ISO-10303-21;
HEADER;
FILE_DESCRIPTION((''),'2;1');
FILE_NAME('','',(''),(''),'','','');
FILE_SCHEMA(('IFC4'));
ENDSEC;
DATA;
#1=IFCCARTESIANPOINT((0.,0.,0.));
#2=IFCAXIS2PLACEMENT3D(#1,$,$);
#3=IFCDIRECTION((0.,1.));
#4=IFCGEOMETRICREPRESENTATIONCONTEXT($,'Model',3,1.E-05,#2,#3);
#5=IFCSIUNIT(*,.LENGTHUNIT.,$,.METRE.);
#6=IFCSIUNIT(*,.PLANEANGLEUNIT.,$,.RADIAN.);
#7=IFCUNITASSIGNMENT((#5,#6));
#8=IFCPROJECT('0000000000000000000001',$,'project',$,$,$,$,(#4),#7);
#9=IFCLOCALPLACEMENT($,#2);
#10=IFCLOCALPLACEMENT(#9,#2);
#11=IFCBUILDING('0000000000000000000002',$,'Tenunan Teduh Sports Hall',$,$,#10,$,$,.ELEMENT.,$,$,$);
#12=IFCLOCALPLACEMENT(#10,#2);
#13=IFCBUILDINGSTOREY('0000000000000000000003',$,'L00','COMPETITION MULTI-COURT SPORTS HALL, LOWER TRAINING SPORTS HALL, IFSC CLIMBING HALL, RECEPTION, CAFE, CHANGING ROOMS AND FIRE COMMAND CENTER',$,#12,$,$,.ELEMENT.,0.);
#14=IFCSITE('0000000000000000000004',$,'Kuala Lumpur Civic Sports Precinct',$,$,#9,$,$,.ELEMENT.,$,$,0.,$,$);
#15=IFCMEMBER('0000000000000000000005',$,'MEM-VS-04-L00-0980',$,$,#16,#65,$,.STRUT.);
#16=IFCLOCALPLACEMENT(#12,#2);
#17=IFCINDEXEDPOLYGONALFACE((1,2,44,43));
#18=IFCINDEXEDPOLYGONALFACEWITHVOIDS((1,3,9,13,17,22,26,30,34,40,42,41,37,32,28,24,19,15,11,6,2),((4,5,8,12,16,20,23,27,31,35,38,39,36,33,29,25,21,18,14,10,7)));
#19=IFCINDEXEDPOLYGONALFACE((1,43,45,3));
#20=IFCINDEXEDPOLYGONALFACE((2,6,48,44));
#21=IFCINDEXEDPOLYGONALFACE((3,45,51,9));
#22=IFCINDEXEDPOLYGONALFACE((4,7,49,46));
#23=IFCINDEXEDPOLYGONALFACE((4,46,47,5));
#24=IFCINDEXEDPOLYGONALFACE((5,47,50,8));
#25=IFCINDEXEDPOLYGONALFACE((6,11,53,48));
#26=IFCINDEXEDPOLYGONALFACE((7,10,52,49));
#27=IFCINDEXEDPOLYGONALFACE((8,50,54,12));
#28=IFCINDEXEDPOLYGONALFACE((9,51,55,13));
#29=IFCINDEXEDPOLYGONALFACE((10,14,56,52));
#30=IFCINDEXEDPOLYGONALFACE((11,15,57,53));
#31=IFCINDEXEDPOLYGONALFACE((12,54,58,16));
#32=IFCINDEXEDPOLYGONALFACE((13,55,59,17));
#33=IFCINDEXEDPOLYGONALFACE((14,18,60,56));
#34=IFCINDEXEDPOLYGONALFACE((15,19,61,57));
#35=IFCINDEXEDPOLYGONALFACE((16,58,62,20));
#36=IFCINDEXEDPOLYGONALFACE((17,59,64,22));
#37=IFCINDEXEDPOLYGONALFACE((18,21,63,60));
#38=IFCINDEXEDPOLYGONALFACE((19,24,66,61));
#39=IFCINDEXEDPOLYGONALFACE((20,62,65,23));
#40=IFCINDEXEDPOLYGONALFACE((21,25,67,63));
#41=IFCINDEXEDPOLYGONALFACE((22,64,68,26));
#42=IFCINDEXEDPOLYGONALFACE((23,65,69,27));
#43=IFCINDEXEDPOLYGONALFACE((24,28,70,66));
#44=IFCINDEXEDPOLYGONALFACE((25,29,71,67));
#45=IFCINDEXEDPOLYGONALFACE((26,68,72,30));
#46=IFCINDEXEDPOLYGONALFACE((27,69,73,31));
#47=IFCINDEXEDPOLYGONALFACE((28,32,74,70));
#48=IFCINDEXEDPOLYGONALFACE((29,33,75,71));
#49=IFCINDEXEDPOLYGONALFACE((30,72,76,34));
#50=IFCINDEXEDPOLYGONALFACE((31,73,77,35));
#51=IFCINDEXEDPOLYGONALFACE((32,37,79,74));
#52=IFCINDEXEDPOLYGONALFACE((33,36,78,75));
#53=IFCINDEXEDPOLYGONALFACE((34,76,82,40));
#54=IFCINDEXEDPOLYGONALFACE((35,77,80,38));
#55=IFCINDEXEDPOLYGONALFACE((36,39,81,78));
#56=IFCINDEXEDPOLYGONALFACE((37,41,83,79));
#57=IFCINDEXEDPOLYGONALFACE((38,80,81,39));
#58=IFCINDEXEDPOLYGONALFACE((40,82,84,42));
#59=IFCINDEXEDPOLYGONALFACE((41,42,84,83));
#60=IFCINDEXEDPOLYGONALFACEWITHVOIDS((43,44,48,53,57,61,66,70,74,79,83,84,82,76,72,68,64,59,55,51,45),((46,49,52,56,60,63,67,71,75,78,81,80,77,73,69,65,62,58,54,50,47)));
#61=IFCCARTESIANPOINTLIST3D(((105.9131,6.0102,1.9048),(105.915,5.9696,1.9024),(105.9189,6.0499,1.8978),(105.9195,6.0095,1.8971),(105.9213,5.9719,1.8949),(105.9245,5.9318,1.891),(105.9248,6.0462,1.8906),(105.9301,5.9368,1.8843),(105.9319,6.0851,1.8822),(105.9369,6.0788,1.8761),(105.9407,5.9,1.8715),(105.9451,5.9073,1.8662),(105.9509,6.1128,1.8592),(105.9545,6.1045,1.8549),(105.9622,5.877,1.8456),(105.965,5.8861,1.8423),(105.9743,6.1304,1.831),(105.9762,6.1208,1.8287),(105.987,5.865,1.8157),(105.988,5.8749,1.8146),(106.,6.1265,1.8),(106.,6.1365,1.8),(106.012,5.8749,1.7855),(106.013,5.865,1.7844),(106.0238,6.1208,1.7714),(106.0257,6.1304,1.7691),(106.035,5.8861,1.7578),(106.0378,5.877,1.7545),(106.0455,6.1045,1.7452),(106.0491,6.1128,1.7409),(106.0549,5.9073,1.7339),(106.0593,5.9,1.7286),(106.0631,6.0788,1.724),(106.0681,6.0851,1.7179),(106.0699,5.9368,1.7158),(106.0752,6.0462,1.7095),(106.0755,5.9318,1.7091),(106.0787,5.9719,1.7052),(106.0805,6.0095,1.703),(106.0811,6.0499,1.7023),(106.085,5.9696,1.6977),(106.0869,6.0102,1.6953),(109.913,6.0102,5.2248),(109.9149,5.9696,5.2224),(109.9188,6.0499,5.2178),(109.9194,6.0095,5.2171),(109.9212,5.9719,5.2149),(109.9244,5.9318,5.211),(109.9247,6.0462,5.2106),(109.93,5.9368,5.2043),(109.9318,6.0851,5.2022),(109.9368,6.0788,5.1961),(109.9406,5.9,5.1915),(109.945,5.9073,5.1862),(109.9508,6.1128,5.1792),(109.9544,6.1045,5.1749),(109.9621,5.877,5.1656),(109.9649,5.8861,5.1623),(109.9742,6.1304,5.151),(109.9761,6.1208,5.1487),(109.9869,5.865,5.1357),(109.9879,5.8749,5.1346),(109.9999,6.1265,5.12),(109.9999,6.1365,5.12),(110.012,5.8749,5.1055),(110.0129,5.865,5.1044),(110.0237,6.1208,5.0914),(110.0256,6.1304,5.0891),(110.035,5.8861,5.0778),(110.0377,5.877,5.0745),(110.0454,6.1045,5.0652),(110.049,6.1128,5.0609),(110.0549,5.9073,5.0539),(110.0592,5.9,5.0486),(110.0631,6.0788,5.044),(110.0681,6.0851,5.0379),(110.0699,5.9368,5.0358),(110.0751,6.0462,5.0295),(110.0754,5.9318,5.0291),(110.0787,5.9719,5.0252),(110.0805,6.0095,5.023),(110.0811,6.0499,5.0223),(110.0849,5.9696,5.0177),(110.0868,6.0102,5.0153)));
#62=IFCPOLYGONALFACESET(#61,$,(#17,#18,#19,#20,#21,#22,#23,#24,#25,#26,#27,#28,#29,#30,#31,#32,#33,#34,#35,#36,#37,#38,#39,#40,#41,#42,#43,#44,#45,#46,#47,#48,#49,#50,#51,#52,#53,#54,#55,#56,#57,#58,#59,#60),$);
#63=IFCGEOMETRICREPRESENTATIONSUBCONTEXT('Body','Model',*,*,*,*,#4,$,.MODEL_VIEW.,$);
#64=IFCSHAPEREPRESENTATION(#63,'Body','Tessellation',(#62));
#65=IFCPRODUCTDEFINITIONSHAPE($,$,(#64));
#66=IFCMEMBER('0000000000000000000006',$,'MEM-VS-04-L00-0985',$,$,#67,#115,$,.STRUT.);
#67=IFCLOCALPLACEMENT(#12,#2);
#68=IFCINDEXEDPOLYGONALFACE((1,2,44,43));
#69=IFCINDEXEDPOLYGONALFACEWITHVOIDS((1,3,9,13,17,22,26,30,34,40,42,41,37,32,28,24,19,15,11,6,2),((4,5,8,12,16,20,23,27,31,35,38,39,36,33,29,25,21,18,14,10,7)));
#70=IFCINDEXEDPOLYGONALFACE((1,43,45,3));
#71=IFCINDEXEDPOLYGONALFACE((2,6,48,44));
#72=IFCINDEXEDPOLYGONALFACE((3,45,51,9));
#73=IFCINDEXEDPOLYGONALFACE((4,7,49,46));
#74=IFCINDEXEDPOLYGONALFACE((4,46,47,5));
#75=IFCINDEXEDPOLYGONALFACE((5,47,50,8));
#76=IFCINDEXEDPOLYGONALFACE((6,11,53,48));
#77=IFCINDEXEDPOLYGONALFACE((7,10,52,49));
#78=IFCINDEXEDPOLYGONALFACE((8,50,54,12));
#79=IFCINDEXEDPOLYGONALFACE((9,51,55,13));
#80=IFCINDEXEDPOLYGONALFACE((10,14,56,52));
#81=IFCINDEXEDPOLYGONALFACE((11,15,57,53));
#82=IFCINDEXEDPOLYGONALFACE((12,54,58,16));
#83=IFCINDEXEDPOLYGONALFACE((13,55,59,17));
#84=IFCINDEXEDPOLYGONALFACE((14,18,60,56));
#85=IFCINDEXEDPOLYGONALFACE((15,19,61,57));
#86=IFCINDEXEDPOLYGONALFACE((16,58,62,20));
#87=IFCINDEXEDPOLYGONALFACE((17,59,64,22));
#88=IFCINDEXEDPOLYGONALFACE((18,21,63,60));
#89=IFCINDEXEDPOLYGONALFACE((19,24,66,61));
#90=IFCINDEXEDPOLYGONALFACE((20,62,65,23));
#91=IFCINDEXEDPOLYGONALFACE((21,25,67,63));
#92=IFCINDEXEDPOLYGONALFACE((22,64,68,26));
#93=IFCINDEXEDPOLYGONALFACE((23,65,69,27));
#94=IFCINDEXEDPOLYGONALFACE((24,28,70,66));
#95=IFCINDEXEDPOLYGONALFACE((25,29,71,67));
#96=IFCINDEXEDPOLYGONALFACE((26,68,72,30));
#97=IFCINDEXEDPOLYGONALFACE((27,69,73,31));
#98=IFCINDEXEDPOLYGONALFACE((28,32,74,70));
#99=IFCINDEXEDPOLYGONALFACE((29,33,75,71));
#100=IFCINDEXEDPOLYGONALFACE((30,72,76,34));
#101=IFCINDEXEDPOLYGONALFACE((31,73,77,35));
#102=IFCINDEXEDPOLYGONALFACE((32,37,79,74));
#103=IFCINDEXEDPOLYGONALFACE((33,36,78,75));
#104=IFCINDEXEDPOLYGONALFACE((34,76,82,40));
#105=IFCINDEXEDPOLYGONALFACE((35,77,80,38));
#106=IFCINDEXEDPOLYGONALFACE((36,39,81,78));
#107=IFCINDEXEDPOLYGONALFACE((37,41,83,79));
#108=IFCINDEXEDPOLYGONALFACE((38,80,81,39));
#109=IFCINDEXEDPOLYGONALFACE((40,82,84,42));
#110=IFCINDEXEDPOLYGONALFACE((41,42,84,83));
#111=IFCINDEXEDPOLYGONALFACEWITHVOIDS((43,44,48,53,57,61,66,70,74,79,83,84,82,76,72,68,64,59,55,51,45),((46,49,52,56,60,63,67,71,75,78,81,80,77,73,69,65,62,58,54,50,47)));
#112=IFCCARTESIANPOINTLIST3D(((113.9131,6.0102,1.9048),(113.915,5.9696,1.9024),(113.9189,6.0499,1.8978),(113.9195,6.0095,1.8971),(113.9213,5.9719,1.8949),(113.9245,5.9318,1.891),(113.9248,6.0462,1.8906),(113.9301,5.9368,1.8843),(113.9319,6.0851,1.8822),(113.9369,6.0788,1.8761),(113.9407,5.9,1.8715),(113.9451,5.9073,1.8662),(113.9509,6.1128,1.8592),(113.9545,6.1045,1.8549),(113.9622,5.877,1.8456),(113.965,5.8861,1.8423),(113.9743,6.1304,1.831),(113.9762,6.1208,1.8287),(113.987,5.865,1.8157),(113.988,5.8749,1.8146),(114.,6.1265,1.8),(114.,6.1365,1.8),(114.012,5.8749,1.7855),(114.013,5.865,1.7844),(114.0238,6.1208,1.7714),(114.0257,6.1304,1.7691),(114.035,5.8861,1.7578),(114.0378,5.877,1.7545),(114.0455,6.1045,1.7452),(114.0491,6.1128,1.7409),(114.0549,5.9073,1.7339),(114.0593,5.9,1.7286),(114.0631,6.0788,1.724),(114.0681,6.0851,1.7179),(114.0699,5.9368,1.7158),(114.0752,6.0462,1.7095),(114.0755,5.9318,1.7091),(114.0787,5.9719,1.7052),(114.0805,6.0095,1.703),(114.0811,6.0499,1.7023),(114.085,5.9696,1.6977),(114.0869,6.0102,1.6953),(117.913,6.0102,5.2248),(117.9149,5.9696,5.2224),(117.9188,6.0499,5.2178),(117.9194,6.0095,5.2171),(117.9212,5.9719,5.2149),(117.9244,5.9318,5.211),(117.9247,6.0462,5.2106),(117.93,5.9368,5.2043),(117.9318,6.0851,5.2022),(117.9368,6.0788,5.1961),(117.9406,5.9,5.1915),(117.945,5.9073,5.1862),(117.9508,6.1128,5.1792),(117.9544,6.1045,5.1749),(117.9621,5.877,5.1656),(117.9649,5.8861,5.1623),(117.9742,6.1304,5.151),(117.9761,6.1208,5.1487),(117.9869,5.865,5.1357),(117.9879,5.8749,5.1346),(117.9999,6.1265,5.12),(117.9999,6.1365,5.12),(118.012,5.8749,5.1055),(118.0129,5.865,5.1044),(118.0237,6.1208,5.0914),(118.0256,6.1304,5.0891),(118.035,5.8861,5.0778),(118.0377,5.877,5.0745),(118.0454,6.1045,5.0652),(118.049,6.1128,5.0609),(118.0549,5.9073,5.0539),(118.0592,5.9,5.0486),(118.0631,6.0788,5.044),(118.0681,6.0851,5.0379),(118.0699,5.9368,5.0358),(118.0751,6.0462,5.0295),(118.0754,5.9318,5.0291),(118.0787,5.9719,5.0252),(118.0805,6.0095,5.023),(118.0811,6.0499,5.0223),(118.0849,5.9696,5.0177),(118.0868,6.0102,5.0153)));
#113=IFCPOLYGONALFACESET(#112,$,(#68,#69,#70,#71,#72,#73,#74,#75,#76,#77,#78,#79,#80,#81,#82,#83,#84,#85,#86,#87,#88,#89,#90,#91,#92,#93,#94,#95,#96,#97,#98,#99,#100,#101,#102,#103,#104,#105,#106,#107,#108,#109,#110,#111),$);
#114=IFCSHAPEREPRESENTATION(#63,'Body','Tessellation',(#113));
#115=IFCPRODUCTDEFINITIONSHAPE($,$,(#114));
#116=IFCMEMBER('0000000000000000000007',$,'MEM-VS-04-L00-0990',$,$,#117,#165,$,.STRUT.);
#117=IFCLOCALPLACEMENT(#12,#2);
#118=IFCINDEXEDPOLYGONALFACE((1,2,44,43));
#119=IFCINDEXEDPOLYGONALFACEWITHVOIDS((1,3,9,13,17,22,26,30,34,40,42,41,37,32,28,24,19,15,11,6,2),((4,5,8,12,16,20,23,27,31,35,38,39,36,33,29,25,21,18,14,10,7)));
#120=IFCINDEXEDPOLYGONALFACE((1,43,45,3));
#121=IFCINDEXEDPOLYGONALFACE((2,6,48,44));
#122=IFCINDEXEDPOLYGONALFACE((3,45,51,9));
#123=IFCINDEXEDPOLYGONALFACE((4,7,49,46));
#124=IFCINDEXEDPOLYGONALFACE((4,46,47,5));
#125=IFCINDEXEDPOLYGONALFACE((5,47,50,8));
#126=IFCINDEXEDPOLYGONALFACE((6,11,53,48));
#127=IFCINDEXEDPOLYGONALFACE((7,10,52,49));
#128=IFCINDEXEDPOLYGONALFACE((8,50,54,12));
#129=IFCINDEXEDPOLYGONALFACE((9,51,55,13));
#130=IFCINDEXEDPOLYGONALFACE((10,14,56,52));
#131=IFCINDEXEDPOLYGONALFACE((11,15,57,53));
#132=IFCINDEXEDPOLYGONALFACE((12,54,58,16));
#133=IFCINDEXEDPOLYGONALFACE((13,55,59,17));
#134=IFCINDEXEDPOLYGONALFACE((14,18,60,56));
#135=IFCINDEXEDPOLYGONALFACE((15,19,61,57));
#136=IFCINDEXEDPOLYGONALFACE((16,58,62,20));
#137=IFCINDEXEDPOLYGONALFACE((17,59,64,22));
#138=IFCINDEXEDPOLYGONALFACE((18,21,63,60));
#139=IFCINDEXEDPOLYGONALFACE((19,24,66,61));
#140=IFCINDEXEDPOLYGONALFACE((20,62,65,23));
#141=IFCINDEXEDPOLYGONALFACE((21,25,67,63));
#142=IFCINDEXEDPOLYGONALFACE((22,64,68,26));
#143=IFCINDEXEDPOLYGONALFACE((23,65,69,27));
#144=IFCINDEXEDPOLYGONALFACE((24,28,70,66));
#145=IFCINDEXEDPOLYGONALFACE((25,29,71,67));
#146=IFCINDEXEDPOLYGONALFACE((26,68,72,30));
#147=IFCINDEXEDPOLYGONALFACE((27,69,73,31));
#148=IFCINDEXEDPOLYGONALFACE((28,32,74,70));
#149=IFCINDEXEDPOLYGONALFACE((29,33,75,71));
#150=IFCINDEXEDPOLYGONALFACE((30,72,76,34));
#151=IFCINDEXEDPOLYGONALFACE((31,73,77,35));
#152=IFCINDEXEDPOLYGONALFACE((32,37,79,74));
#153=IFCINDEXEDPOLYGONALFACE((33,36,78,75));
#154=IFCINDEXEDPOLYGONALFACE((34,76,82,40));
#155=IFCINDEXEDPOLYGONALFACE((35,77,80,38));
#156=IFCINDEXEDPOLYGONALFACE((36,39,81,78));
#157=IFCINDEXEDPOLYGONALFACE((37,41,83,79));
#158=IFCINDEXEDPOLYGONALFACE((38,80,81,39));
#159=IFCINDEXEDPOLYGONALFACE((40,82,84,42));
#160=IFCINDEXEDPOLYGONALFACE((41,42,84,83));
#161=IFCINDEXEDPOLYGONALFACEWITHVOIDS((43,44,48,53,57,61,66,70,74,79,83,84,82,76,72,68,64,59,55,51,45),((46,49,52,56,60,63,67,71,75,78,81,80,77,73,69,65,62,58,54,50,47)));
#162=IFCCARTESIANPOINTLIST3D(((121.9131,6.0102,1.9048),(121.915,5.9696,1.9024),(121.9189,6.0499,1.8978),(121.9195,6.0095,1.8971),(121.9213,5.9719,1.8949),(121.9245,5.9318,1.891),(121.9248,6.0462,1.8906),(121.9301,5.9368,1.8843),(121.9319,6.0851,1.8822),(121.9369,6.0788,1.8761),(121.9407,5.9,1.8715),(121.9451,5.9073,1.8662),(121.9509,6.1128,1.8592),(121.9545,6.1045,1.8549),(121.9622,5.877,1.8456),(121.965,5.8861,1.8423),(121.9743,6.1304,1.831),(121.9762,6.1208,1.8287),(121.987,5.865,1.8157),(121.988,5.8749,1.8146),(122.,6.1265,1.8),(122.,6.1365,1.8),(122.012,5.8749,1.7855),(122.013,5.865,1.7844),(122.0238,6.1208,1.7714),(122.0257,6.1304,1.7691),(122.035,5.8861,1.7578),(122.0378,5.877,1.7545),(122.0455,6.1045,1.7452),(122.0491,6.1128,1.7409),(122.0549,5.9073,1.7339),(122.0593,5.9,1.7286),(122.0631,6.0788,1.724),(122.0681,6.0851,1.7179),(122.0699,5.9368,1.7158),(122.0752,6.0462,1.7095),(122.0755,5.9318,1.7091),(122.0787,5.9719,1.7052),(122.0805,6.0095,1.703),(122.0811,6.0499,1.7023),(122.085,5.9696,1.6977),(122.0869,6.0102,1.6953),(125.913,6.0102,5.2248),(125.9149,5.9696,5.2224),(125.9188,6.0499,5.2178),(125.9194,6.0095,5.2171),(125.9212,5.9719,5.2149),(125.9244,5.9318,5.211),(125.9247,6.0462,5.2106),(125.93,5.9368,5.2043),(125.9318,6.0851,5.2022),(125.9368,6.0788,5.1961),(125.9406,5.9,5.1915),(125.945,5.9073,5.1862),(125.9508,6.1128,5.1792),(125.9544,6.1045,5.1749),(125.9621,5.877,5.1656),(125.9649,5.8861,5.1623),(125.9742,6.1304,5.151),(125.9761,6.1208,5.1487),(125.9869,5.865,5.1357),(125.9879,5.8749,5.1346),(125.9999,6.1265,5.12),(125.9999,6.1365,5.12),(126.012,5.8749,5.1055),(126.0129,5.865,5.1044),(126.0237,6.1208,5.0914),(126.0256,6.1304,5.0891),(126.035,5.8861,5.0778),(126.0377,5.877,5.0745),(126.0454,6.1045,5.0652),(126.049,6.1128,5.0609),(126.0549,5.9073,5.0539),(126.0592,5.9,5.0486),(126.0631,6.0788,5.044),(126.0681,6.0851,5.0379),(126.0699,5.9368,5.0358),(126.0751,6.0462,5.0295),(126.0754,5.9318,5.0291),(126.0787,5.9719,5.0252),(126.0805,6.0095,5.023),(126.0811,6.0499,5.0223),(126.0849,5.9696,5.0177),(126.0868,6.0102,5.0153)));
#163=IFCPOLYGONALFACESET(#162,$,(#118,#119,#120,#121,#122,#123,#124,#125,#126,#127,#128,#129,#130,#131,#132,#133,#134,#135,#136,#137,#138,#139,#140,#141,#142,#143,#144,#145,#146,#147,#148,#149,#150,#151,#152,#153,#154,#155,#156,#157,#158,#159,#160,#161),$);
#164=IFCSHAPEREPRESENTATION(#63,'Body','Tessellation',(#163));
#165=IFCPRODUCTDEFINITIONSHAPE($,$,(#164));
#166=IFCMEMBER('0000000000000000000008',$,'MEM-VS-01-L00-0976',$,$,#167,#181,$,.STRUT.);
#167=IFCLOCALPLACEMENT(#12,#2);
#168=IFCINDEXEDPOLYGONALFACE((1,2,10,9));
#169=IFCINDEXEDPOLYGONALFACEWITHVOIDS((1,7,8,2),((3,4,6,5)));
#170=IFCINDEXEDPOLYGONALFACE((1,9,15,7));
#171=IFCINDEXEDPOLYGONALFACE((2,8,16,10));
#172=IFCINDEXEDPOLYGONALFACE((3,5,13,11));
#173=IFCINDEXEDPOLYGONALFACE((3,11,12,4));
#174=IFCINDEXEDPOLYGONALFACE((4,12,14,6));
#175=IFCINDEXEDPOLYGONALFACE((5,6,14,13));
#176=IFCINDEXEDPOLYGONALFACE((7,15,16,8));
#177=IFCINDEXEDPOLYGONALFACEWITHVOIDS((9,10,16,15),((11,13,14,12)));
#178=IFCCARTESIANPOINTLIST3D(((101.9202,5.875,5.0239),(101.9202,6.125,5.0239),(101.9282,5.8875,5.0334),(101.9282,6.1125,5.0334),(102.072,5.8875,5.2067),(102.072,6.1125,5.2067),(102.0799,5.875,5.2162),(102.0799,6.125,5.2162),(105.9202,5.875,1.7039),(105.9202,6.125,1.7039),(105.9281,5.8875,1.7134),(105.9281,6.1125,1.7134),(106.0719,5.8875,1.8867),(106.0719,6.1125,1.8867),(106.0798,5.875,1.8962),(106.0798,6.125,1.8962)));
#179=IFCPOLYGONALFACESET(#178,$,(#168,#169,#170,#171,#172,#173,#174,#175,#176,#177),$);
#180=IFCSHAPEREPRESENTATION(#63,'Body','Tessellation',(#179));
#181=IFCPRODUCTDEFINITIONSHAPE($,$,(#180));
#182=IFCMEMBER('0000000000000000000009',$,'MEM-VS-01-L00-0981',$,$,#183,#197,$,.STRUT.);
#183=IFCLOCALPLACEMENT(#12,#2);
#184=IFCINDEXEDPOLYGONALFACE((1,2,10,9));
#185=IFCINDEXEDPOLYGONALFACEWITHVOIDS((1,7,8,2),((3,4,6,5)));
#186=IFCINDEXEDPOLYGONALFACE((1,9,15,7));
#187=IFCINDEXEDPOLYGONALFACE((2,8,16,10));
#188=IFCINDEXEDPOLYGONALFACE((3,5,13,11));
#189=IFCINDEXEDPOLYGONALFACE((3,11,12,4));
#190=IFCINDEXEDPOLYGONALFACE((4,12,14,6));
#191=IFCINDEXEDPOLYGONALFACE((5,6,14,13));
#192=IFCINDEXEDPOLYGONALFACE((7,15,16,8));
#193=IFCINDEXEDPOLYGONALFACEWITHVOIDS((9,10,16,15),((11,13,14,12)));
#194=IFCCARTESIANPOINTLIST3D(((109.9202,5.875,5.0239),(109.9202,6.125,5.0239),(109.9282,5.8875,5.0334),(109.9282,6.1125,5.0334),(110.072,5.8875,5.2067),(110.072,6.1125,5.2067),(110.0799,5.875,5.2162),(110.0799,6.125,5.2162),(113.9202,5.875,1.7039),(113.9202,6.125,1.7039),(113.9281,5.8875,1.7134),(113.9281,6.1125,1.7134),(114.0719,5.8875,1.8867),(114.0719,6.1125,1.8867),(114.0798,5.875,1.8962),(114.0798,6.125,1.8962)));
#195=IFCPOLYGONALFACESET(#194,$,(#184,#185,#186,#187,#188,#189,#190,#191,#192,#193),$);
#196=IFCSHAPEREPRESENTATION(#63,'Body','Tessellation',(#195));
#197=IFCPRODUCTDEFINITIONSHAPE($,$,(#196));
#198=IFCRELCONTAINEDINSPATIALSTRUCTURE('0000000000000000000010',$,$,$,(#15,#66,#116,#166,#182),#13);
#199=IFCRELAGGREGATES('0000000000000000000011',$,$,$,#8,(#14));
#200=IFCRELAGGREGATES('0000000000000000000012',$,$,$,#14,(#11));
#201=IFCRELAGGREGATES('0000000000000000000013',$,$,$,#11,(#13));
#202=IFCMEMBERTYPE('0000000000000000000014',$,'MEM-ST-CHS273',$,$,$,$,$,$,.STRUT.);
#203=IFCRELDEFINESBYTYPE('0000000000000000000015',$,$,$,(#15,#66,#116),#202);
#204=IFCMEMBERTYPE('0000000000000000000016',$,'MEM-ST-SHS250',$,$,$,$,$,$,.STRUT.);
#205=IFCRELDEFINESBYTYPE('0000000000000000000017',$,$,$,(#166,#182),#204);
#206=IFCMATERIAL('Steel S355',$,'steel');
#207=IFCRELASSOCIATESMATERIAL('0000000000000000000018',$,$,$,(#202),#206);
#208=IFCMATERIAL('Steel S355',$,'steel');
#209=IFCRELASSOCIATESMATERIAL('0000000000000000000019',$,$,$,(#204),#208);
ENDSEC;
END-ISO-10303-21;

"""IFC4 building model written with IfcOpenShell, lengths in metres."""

from ifc_helpers import new_model, si_unit, direction, frame, origin, origin_2d, place, context, subcontext, project, spatial, hollow_rectangle, hollow_circle, extrude, material, material_profile, profile_set, type_object, element, save


model = new_model("IFC4")

# Units and contexts
model_context = context("Model", 3, precision=1e-05, world=origin(), true_north=direction((0.0, 1.0)))
body_context = subcontext(model_context, "Body", "Model", "MODEL_VIEW")
ifc_project = project(units=[si_unit("LENGTHUNIT", "METRE"), si_unit("PLANEANGLEUNIT", "RADIAN")], contexts=[model_context])

# Site, building, storey
site_placement = place(None, origin())
site = spatial("IfcSite", under=ifc_project, at=site_placement, Name="Kuala Lumpur Civic Sports Precinct", CompositionType="ELEMENT", RefElevation=0.0)
building_placement = place(site_placement, origin())
building = spatial("IfcBuilding", under=site, at=building_placement, Name="Tenunan Teduh Sports Hall", CompositionType="ELEMENT")
storey_placement = place(building_placement, origin())
storey = spatial("IfcBuildingStorey", under=building, at=storey_placement, Name="L00", Description="COMPETITION MULTI-COURT SPORTS HALL, LOWER TRAINING SPORTS HALL, IFSC CLIMBING HALL, RECEPTION, CAFE, CHANGING ROOMS AND FIRE COMMAND CENTER", CompositionType="ELEMENT", Elevation=0.0)

# Members
ifc_material_1 = material(Name="Steel S355", Category="steel")
ifc_material_profile_1 = material_profile(ifc_material_1, hollow_circle(Radius=0.1365, WallThickness=0.01, at=origin_2d()), Name="CHS 273.0x10.0")
ifc_profile_set_1 = profile_set([ifc_material_profile_1], Name="Steel S355")
member_type_1 = type_object("IfcMemberType", Name="MEM-ST-CHS273", PredefinedType="STRUT", material=ifc_profile_set_1)
for number, where, z_axis, x_axis, name in (
    (1, (106.0, 6.0, 1.8), (0.769475, 0.0, 0.638677), (0.0, 1.0, 0.0), "MEM-VS-04-L00-0980"),
    (2, (114.0, 6.0, 1.8), (0.769475, 0.0, 0.638677), (0.0, 1.0, 0.0), "MEM-VS-04-L00-0985"),
    (3, (122.0, 6.0, 1.8), (0.769475, 0.0, 0.638677), (0.0, 1.0, 0.0), "MEM-VS-04-L00-0990"),
):
    element("IfcMember", number, at=place(storey_placement, frame(where, z_axis=z_axis, x_axis=x_axis)), inside=storey, type_object=member_type_1, Name=name, PredefinedType="STRUT", context=body_context, shape_type="SweptSolid", body=[
        extrude(hollow_circle(Radius=0.1365, WallThickness=0.01, at=origin_2d()), origin(), (0.0, 0.0, 1.0), 5.1982),
    ])
ifc_material_2 = material(Name="Steel S355", Category="steel")
ifc_material_profile_2 = material_profile(ifc_material_2, hollow_rectangle(XDim=0.25, YDim=0.25, WallThickness=0.0125, at=origin_2d()), Name="SHS 250x250x12.5")
ifc_profile_set_2 = profile_set([ifc_material_profile_2], Name="Steel S355")
member_type_2 = type_object("IfcMemberType", Name="MEM-ST-SHS250", PredefinedType="STRUT", material=ifc_profile_set_2)
for number, where, z_axis, x_axis, name in (
    (4, (106.0, 6.0, 1.8), (-0.769475, 0.0, 0.638677), (0.0, -1.0, 0.0), "MEM-VS-01-L00-0976"),
    (5, (114.0, 6.0, 1.8), (-0.769475, 0.0, 0.638677), (0.0, -1.0, 0.0), "MEM-VS-01-L00-0981"),
):
    element("IfcMember", number, at=place(storey_placement, frame(where, z_axis=z_axis, x_axis=x_axis)), inside=storey, type_object=member_type_2, Name=name, PredefinedType="STRUT", context=body_context, shape_type="SweptSolid", body=[
        extrude(hollow_rectangle(XDim=0.25, YDim=0.25, WallThickness=0.0125, at=origin_2d()), origin(), (0.0, 0.0, 1.0), 5.1982),
    ])

save(model, "model.ifc")
